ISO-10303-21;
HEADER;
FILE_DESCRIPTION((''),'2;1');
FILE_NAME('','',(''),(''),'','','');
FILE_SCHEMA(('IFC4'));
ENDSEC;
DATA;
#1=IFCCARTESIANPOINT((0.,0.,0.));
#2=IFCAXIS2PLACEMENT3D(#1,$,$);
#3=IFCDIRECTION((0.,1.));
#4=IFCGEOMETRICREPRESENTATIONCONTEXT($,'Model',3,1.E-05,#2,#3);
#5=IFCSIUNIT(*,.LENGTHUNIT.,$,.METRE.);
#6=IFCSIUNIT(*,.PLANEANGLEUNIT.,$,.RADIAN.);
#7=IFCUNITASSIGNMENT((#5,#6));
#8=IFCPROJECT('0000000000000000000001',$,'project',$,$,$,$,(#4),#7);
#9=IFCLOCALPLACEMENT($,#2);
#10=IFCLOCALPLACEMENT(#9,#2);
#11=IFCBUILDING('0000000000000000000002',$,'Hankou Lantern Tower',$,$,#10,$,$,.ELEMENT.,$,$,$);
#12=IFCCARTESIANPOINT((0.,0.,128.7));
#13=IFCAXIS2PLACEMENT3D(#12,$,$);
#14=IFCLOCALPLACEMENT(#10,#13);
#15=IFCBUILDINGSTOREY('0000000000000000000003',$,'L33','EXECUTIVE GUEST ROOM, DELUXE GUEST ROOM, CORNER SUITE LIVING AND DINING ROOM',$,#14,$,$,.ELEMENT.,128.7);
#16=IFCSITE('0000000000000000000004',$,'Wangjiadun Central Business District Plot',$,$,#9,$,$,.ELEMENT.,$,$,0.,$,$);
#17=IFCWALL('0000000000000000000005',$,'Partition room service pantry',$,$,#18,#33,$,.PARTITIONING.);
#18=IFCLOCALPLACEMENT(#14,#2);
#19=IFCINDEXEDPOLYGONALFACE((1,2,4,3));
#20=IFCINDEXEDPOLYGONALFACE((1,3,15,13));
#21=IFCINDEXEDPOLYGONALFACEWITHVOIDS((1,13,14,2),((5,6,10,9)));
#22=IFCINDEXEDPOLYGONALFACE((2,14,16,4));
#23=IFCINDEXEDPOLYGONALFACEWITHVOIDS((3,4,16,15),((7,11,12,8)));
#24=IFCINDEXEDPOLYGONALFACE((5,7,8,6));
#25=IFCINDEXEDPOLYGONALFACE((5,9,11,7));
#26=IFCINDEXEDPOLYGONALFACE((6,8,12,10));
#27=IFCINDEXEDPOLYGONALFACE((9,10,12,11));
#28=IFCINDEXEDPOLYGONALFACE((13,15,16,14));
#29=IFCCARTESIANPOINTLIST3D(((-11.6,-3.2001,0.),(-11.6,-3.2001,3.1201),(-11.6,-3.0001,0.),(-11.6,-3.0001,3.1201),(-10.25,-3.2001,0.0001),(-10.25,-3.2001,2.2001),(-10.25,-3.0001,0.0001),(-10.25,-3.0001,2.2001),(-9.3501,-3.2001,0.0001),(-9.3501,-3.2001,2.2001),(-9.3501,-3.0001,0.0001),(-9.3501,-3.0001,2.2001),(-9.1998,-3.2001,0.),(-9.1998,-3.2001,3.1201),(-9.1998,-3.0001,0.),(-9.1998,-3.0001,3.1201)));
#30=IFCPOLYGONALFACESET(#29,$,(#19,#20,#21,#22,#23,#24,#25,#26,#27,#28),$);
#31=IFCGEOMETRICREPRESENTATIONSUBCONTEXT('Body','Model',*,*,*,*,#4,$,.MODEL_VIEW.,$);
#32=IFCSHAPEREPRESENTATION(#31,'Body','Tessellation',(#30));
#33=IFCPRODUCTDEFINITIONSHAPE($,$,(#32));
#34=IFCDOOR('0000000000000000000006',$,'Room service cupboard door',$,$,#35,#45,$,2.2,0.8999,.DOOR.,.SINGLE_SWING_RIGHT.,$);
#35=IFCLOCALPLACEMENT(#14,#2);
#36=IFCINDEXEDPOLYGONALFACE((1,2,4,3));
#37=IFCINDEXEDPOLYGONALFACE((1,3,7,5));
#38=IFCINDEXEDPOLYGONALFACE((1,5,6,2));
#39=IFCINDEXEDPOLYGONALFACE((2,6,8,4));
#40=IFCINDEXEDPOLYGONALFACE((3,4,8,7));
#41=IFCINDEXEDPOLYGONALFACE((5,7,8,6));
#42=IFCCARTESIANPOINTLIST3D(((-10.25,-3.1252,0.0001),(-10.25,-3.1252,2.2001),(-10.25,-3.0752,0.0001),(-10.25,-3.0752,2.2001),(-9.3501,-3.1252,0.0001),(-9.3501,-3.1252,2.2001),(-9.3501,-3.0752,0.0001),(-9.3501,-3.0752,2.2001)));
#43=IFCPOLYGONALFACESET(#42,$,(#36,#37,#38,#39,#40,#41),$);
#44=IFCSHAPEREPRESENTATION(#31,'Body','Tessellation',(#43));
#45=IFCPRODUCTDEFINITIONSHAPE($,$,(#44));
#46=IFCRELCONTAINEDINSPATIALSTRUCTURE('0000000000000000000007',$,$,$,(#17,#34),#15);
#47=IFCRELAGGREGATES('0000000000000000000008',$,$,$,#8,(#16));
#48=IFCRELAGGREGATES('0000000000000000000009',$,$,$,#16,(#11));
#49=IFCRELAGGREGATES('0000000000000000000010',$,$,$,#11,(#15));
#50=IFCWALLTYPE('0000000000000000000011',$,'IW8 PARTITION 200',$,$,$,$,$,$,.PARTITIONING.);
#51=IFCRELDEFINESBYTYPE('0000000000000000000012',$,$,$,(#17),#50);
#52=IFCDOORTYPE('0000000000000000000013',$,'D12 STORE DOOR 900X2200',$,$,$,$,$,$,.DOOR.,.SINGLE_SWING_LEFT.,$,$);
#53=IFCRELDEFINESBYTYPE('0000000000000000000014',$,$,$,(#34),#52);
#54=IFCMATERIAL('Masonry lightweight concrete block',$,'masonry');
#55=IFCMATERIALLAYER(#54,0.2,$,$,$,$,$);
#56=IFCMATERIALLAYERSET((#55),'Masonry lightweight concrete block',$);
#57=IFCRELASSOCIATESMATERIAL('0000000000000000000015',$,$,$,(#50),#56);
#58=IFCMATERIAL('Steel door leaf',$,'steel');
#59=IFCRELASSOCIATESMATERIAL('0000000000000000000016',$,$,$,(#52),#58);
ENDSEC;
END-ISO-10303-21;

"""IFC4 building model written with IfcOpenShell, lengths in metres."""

from ifc_helpers import new_model, si_unit, direction, frame, frame_2d, origin, place, context, subcontext, project, spatial, rectangle, extrude, material, layer, layer_set, type_object, element, fill, save


model = new_model("IFC4")

# Units and contexts
model_context = context("Model", 3, precision=1e-05, world=origin(), true_north=direction((0.0, 1.0)))
body_context = subcontext(model_context, "Body", "Model", "MODEL_VIEW")
ifc_project = project(units=[si_unit("LENGTHUNIT", "METRE"), si_unit("PLANEANGLEUNIT", "RADIAN")], contexts=[model_context])

# Site, building, storey
site_placement = place(None, origin())
site = spatial("IfcSite", under=ifc_project, at=site_placement, Name="Wangjiadun Central Business District Plot", CompositionType="ELEMENT", RefElevation=0.0)
building_placement = place(site_placement, origin())
building = spatial("IfcBuilding", under=site, at=building_placement, Name="Hankou Lantern Tower", CompositionType="ELEMENT")
storey_placement = place(building_placement, frame((0.0, 0.0, 128.7)))
storey = spatial("IfcBuildingStorey", under=building, at=storey_placement, Name="L33", Description="EXECUTIVE GUEST ROOM, DELUXE GUEST ROOM, CORNER SUITE LIVING AND DINING ROOM", CompositionType="ELEMENT", Elevation=128.7)

# Wall, opening, door
ifc_material_1 = material(Name="Masonry lightweight concrete block", Category="masonry")
ifc_layer_1 = layer(ifc_material_1, 0.2)
ifc_layer_set_1 = layer_set([ifc_layer_1], Name="Masonry lightweight concrete block")
wall_type_1 = type_object("IfcWallType", Name="IW8 PARTITION 200", PredefinedType="PARTITIONING", material=ifc_layer_set_1)
wall_1_placement = place(storey_placement, frame((-11.6001, -3.1001, 0.0), z_axis=(0.0, 0.0, 1.0), x_axis=(1.0, 0.0, 0.0)))
wall_1 = element("IfcWall", 1, at=wall_1_placement, inside=storey, type_object=wall_type_1, Name="Partition room service pantry", PredefinedType="PARTITIONING", context=body_context, shape_type="SweptSolid", body=[
    extrude(rectangle(XDim=2.4001, YDim=0.2, at=frame_2d((1.2002, 0.0))), origin(), (0.0, 0.0, 1.0), 3.1201),
])
opening_1_placement = place(wall_1_placement, frame((1.3501, 0.0, 0.0)))
opening_1 = element("IfcOpeningElement", 2, at=opening_1_placement, cuts=wall_1, PredefinedType="OPENING", context=body_context, shape_type="SweptSolid", body=[
    extrude(rectangle(XDim=0.8999, YDim=2.2, at=frame_2d((0.45, 1.1001))), frame((0.0, 0.1099, 0.0), z_axis=(0.0, -1.0, 0.0), x_axis=(1.0, 0.0, 0.0)), (0.0, 0.0, 1.0), 0.22),
])
ifc_material_2 = material(Name="Steel door leaf", Category="steel")
door_type_1 = type_object("IfcDoorType", Name="D12 STORE DOOR 900X2200", OperationType="SINGLE_SWING_LEFT", PredefinedType="DOOR", material=ifc_material_2)
door_1_placement = place(opening_1_placement, origin())
door_1 = element("IfcDoor", 3, at=door_1_placement, inside=storey, type_object=door_type_1, Name="Room service cupboard door", OperationType="SINGLE_SWING_RIGHT", OverallHeight=2.2, OverallWidth=0.8999, PredefinedType="DOOR", context=body_context, shape_type="SweptSolid", body=[
    extrude(rectangle(XDim=0.8999, YDim=2.2, at=frame_2d((0.45, 1.1001))), frame((0.0, 0.0249, 0.0), z_axis=(0.0, -1.0, 0.0), x_axis=(1.0, 0.0, 0.0)), (0.0, 0.0, 1.0), 0.05),
])
fill(opening_1, door_1)

save(model, "model.ifc")
